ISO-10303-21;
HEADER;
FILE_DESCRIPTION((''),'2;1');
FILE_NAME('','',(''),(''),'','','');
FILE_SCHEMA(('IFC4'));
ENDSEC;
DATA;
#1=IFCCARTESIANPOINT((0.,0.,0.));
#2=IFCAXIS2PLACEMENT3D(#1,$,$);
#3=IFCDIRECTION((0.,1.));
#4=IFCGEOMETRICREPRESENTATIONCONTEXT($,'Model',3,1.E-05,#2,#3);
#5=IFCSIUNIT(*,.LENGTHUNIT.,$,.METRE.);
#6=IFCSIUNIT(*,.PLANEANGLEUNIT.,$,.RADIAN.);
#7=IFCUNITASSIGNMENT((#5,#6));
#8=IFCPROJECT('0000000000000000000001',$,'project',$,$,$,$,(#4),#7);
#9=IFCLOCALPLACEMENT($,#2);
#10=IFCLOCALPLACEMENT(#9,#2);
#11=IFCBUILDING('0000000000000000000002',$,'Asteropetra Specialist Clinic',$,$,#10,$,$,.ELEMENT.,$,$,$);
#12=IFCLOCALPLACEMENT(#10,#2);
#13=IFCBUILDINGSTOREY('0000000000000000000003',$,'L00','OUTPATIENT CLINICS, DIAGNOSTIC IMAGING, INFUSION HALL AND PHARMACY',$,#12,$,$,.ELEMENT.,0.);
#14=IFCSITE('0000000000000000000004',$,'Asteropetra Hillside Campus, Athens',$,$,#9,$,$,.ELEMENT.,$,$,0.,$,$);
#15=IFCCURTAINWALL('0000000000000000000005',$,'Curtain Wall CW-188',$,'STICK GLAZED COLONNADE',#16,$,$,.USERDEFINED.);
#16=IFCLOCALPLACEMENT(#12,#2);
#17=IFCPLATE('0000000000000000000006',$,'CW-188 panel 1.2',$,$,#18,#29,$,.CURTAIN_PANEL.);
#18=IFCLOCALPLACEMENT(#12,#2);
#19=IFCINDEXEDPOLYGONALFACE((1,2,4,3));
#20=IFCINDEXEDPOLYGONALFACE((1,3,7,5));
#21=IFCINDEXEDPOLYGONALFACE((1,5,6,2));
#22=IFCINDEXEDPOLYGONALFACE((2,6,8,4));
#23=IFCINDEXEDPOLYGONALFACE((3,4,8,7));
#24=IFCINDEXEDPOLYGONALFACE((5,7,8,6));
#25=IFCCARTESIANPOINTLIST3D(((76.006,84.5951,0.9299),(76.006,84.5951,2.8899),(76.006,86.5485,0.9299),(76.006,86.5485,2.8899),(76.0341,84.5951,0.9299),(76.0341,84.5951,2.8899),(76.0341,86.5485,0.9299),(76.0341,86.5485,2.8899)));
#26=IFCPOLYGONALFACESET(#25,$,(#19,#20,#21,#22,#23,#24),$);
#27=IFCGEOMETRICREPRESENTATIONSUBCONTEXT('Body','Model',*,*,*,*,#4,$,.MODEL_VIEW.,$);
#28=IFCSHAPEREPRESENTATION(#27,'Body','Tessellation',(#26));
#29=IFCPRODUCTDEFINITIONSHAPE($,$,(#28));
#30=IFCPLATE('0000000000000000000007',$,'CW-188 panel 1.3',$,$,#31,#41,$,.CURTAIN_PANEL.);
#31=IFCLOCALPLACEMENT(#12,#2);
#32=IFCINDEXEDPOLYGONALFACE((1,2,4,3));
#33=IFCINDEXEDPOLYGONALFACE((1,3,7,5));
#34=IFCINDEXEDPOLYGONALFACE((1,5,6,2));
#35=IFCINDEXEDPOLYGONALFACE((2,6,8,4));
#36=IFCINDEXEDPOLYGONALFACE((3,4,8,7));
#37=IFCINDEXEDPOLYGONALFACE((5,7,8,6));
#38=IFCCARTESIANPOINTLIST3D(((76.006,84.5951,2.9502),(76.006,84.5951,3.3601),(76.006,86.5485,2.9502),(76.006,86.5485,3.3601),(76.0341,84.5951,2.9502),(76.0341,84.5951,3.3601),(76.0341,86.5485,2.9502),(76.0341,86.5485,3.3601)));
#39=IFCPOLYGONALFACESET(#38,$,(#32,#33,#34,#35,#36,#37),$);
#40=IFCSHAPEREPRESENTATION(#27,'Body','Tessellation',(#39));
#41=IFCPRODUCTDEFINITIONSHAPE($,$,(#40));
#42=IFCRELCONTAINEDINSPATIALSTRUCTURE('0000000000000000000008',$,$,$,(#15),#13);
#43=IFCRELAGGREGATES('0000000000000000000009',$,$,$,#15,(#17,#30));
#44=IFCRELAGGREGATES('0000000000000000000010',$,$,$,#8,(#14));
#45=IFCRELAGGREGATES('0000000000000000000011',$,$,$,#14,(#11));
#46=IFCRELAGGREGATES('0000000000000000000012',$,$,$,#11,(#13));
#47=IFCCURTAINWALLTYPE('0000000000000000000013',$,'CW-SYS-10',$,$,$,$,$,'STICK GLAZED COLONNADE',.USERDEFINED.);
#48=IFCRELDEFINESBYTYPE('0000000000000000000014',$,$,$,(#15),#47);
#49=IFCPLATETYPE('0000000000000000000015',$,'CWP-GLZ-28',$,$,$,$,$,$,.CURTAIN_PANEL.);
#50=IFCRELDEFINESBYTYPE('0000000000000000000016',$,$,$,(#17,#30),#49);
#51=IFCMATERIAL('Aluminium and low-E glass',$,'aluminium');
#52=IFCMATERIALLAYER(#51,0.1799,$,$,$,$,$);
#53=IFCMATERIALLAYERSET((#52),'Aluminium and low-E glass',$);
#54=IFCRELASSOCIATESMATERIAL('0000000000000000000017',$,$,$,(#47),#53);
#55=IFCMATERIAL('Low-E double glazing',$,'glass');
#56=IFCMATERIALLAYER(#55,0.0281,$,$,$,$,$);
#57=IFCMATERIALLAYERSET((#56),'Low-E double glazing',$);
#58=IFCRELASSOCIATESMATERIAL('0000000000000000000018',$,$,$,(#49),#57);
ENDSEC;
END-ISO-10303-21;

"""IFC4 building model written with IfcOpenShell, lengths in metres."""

from ifc_helpers import new_model, si_unit, direction, frame, origin, origin_2d, place, context, subcontext, project, spatial, rectangle, extrude, material, layer, layer_set, type_object, element, aggregate, save


model = new_model("IFC4")

# Units and contexts
model_context = context("Model", 3, precision=1e-05, world=origin(), true_north=direction((0.0, 1.0)))
body_context = subcontext(model_context, "Body", "Model", "MODEL_VIEW")
ifc_project = project(units=[si_unit("LENGTHUNIT", "METRE"), si_unit("PLANEANGLEUNIT", "RADIAN")], contexts=[model_context])

# Site, building, storey
site_placement = place(None, origin())
site = spatial("IfcSite", under=ifc_project, at=site_placement, Name="Asteropetra Hillside Campus, Athens", CompositionType="ELEMENT", RefElevation=0.0)
building_placement = place(site_placement, origin())
building = spatial("IfcBuilding", under=site, at=building_placement, Name="Asteropetra Specialist Clinic", CompositionType="ELEMENT")
storey_placement = place(building_placement, origin())
storey = spatial("IfcBuildingStorey", under=building, at=storey_placement, Name="L00", Description="OUTPATIENT CLINICS, DIAGNOSTIC IMAGING, INFUSION HALL AND PHARMACY", CompositionType="ELEMENT", Elevation=0.0)

# Curtain wall
ifc_material_1 = material(Name="Aluminium and low-E glass", Category="aluminium")
ifc_layer_1 = layer(ifc_material_1, 0.1799)
ifc_layer_set_1 = layer_set([ifc_layer_1], Name="Aluminium and low-E glass")
curtain_wall_type_1 = type_object("IfcCurtainWallType", Name="CW-SYS-10", ElementType="STICK GLAZED COLONNADE", PredefinedType="USERDEFINED", material=ifc_layer_set_1)
curtain_wall_1_placement = place(storey_placement, origin())
curtain_wall_1 = element("IfcCurtainWall", 1, at=curtain_wall_1_placement, inside=storey, type_object=curtain_wall_type_1, Name="Curtain Wall CW-188", ObjectType="STICK GLAZED COLONNADE", PredefinedType="USERDEFINED")

# Plates
ifc_material_2 = material(Name="Low-E double glazing", Category="glass")
ifc_layer_2 = layer(ifc_material_2, 0.0281)
ifc_layer_set_2 = layer_set([ifc_layer_2], Name="Low-E double glazing")
plate_type = type_object("IfcPlateType", Name="CWP-GLZ-28", PredefinedType="CURTAIN_PANEL", material=ifc_layer_set_2)
plate_1_placement = place(storey_placement, frame((76.02, 85.5718, 0.9299), z_axis=(0.0, 0.0, 1.0), x_axis=(0.0, 1.0, 0.0)))
plate_1 = element("IfcPlate", 2, at=plate_1_placement, type_object=plate_type, Name="CW-188 panel 1.2", PredefinedType="CURTAIN_PANEL", context=body_context, shape_type="SweptSolid", body=[
    extrude(rectangle(XDim=1.9534, YDim=0.0281, at=origin_2d()), origin(), (0.0, 0.0, 1.0), 1.96),
])
plate_2_placement = place(storey_placement, frame((76.02, 85.5718, 2.9502), z_axis=(0.0, 0.0, 1.0), x_axis=(0.0, 1.0, 0.0)))
plate_2 = element("IfcPlate", 3, at=plate_2_placement, type_object=plate_type, Name="CW-188 panel 1.3", PredefinedType="CURTAIN_PANEL", context=body_context, shape_type="SweptSolid", body=[
    extrude(rectangle(XDim=1.9534, YDim=0.0281, at=origin_2d()), origin(), (0.0, 0.0, 1.0), 0.4099),
])
aggregate(curtain_wall_1, [plate_1, plate_2])

save(model, "model.ifc")
